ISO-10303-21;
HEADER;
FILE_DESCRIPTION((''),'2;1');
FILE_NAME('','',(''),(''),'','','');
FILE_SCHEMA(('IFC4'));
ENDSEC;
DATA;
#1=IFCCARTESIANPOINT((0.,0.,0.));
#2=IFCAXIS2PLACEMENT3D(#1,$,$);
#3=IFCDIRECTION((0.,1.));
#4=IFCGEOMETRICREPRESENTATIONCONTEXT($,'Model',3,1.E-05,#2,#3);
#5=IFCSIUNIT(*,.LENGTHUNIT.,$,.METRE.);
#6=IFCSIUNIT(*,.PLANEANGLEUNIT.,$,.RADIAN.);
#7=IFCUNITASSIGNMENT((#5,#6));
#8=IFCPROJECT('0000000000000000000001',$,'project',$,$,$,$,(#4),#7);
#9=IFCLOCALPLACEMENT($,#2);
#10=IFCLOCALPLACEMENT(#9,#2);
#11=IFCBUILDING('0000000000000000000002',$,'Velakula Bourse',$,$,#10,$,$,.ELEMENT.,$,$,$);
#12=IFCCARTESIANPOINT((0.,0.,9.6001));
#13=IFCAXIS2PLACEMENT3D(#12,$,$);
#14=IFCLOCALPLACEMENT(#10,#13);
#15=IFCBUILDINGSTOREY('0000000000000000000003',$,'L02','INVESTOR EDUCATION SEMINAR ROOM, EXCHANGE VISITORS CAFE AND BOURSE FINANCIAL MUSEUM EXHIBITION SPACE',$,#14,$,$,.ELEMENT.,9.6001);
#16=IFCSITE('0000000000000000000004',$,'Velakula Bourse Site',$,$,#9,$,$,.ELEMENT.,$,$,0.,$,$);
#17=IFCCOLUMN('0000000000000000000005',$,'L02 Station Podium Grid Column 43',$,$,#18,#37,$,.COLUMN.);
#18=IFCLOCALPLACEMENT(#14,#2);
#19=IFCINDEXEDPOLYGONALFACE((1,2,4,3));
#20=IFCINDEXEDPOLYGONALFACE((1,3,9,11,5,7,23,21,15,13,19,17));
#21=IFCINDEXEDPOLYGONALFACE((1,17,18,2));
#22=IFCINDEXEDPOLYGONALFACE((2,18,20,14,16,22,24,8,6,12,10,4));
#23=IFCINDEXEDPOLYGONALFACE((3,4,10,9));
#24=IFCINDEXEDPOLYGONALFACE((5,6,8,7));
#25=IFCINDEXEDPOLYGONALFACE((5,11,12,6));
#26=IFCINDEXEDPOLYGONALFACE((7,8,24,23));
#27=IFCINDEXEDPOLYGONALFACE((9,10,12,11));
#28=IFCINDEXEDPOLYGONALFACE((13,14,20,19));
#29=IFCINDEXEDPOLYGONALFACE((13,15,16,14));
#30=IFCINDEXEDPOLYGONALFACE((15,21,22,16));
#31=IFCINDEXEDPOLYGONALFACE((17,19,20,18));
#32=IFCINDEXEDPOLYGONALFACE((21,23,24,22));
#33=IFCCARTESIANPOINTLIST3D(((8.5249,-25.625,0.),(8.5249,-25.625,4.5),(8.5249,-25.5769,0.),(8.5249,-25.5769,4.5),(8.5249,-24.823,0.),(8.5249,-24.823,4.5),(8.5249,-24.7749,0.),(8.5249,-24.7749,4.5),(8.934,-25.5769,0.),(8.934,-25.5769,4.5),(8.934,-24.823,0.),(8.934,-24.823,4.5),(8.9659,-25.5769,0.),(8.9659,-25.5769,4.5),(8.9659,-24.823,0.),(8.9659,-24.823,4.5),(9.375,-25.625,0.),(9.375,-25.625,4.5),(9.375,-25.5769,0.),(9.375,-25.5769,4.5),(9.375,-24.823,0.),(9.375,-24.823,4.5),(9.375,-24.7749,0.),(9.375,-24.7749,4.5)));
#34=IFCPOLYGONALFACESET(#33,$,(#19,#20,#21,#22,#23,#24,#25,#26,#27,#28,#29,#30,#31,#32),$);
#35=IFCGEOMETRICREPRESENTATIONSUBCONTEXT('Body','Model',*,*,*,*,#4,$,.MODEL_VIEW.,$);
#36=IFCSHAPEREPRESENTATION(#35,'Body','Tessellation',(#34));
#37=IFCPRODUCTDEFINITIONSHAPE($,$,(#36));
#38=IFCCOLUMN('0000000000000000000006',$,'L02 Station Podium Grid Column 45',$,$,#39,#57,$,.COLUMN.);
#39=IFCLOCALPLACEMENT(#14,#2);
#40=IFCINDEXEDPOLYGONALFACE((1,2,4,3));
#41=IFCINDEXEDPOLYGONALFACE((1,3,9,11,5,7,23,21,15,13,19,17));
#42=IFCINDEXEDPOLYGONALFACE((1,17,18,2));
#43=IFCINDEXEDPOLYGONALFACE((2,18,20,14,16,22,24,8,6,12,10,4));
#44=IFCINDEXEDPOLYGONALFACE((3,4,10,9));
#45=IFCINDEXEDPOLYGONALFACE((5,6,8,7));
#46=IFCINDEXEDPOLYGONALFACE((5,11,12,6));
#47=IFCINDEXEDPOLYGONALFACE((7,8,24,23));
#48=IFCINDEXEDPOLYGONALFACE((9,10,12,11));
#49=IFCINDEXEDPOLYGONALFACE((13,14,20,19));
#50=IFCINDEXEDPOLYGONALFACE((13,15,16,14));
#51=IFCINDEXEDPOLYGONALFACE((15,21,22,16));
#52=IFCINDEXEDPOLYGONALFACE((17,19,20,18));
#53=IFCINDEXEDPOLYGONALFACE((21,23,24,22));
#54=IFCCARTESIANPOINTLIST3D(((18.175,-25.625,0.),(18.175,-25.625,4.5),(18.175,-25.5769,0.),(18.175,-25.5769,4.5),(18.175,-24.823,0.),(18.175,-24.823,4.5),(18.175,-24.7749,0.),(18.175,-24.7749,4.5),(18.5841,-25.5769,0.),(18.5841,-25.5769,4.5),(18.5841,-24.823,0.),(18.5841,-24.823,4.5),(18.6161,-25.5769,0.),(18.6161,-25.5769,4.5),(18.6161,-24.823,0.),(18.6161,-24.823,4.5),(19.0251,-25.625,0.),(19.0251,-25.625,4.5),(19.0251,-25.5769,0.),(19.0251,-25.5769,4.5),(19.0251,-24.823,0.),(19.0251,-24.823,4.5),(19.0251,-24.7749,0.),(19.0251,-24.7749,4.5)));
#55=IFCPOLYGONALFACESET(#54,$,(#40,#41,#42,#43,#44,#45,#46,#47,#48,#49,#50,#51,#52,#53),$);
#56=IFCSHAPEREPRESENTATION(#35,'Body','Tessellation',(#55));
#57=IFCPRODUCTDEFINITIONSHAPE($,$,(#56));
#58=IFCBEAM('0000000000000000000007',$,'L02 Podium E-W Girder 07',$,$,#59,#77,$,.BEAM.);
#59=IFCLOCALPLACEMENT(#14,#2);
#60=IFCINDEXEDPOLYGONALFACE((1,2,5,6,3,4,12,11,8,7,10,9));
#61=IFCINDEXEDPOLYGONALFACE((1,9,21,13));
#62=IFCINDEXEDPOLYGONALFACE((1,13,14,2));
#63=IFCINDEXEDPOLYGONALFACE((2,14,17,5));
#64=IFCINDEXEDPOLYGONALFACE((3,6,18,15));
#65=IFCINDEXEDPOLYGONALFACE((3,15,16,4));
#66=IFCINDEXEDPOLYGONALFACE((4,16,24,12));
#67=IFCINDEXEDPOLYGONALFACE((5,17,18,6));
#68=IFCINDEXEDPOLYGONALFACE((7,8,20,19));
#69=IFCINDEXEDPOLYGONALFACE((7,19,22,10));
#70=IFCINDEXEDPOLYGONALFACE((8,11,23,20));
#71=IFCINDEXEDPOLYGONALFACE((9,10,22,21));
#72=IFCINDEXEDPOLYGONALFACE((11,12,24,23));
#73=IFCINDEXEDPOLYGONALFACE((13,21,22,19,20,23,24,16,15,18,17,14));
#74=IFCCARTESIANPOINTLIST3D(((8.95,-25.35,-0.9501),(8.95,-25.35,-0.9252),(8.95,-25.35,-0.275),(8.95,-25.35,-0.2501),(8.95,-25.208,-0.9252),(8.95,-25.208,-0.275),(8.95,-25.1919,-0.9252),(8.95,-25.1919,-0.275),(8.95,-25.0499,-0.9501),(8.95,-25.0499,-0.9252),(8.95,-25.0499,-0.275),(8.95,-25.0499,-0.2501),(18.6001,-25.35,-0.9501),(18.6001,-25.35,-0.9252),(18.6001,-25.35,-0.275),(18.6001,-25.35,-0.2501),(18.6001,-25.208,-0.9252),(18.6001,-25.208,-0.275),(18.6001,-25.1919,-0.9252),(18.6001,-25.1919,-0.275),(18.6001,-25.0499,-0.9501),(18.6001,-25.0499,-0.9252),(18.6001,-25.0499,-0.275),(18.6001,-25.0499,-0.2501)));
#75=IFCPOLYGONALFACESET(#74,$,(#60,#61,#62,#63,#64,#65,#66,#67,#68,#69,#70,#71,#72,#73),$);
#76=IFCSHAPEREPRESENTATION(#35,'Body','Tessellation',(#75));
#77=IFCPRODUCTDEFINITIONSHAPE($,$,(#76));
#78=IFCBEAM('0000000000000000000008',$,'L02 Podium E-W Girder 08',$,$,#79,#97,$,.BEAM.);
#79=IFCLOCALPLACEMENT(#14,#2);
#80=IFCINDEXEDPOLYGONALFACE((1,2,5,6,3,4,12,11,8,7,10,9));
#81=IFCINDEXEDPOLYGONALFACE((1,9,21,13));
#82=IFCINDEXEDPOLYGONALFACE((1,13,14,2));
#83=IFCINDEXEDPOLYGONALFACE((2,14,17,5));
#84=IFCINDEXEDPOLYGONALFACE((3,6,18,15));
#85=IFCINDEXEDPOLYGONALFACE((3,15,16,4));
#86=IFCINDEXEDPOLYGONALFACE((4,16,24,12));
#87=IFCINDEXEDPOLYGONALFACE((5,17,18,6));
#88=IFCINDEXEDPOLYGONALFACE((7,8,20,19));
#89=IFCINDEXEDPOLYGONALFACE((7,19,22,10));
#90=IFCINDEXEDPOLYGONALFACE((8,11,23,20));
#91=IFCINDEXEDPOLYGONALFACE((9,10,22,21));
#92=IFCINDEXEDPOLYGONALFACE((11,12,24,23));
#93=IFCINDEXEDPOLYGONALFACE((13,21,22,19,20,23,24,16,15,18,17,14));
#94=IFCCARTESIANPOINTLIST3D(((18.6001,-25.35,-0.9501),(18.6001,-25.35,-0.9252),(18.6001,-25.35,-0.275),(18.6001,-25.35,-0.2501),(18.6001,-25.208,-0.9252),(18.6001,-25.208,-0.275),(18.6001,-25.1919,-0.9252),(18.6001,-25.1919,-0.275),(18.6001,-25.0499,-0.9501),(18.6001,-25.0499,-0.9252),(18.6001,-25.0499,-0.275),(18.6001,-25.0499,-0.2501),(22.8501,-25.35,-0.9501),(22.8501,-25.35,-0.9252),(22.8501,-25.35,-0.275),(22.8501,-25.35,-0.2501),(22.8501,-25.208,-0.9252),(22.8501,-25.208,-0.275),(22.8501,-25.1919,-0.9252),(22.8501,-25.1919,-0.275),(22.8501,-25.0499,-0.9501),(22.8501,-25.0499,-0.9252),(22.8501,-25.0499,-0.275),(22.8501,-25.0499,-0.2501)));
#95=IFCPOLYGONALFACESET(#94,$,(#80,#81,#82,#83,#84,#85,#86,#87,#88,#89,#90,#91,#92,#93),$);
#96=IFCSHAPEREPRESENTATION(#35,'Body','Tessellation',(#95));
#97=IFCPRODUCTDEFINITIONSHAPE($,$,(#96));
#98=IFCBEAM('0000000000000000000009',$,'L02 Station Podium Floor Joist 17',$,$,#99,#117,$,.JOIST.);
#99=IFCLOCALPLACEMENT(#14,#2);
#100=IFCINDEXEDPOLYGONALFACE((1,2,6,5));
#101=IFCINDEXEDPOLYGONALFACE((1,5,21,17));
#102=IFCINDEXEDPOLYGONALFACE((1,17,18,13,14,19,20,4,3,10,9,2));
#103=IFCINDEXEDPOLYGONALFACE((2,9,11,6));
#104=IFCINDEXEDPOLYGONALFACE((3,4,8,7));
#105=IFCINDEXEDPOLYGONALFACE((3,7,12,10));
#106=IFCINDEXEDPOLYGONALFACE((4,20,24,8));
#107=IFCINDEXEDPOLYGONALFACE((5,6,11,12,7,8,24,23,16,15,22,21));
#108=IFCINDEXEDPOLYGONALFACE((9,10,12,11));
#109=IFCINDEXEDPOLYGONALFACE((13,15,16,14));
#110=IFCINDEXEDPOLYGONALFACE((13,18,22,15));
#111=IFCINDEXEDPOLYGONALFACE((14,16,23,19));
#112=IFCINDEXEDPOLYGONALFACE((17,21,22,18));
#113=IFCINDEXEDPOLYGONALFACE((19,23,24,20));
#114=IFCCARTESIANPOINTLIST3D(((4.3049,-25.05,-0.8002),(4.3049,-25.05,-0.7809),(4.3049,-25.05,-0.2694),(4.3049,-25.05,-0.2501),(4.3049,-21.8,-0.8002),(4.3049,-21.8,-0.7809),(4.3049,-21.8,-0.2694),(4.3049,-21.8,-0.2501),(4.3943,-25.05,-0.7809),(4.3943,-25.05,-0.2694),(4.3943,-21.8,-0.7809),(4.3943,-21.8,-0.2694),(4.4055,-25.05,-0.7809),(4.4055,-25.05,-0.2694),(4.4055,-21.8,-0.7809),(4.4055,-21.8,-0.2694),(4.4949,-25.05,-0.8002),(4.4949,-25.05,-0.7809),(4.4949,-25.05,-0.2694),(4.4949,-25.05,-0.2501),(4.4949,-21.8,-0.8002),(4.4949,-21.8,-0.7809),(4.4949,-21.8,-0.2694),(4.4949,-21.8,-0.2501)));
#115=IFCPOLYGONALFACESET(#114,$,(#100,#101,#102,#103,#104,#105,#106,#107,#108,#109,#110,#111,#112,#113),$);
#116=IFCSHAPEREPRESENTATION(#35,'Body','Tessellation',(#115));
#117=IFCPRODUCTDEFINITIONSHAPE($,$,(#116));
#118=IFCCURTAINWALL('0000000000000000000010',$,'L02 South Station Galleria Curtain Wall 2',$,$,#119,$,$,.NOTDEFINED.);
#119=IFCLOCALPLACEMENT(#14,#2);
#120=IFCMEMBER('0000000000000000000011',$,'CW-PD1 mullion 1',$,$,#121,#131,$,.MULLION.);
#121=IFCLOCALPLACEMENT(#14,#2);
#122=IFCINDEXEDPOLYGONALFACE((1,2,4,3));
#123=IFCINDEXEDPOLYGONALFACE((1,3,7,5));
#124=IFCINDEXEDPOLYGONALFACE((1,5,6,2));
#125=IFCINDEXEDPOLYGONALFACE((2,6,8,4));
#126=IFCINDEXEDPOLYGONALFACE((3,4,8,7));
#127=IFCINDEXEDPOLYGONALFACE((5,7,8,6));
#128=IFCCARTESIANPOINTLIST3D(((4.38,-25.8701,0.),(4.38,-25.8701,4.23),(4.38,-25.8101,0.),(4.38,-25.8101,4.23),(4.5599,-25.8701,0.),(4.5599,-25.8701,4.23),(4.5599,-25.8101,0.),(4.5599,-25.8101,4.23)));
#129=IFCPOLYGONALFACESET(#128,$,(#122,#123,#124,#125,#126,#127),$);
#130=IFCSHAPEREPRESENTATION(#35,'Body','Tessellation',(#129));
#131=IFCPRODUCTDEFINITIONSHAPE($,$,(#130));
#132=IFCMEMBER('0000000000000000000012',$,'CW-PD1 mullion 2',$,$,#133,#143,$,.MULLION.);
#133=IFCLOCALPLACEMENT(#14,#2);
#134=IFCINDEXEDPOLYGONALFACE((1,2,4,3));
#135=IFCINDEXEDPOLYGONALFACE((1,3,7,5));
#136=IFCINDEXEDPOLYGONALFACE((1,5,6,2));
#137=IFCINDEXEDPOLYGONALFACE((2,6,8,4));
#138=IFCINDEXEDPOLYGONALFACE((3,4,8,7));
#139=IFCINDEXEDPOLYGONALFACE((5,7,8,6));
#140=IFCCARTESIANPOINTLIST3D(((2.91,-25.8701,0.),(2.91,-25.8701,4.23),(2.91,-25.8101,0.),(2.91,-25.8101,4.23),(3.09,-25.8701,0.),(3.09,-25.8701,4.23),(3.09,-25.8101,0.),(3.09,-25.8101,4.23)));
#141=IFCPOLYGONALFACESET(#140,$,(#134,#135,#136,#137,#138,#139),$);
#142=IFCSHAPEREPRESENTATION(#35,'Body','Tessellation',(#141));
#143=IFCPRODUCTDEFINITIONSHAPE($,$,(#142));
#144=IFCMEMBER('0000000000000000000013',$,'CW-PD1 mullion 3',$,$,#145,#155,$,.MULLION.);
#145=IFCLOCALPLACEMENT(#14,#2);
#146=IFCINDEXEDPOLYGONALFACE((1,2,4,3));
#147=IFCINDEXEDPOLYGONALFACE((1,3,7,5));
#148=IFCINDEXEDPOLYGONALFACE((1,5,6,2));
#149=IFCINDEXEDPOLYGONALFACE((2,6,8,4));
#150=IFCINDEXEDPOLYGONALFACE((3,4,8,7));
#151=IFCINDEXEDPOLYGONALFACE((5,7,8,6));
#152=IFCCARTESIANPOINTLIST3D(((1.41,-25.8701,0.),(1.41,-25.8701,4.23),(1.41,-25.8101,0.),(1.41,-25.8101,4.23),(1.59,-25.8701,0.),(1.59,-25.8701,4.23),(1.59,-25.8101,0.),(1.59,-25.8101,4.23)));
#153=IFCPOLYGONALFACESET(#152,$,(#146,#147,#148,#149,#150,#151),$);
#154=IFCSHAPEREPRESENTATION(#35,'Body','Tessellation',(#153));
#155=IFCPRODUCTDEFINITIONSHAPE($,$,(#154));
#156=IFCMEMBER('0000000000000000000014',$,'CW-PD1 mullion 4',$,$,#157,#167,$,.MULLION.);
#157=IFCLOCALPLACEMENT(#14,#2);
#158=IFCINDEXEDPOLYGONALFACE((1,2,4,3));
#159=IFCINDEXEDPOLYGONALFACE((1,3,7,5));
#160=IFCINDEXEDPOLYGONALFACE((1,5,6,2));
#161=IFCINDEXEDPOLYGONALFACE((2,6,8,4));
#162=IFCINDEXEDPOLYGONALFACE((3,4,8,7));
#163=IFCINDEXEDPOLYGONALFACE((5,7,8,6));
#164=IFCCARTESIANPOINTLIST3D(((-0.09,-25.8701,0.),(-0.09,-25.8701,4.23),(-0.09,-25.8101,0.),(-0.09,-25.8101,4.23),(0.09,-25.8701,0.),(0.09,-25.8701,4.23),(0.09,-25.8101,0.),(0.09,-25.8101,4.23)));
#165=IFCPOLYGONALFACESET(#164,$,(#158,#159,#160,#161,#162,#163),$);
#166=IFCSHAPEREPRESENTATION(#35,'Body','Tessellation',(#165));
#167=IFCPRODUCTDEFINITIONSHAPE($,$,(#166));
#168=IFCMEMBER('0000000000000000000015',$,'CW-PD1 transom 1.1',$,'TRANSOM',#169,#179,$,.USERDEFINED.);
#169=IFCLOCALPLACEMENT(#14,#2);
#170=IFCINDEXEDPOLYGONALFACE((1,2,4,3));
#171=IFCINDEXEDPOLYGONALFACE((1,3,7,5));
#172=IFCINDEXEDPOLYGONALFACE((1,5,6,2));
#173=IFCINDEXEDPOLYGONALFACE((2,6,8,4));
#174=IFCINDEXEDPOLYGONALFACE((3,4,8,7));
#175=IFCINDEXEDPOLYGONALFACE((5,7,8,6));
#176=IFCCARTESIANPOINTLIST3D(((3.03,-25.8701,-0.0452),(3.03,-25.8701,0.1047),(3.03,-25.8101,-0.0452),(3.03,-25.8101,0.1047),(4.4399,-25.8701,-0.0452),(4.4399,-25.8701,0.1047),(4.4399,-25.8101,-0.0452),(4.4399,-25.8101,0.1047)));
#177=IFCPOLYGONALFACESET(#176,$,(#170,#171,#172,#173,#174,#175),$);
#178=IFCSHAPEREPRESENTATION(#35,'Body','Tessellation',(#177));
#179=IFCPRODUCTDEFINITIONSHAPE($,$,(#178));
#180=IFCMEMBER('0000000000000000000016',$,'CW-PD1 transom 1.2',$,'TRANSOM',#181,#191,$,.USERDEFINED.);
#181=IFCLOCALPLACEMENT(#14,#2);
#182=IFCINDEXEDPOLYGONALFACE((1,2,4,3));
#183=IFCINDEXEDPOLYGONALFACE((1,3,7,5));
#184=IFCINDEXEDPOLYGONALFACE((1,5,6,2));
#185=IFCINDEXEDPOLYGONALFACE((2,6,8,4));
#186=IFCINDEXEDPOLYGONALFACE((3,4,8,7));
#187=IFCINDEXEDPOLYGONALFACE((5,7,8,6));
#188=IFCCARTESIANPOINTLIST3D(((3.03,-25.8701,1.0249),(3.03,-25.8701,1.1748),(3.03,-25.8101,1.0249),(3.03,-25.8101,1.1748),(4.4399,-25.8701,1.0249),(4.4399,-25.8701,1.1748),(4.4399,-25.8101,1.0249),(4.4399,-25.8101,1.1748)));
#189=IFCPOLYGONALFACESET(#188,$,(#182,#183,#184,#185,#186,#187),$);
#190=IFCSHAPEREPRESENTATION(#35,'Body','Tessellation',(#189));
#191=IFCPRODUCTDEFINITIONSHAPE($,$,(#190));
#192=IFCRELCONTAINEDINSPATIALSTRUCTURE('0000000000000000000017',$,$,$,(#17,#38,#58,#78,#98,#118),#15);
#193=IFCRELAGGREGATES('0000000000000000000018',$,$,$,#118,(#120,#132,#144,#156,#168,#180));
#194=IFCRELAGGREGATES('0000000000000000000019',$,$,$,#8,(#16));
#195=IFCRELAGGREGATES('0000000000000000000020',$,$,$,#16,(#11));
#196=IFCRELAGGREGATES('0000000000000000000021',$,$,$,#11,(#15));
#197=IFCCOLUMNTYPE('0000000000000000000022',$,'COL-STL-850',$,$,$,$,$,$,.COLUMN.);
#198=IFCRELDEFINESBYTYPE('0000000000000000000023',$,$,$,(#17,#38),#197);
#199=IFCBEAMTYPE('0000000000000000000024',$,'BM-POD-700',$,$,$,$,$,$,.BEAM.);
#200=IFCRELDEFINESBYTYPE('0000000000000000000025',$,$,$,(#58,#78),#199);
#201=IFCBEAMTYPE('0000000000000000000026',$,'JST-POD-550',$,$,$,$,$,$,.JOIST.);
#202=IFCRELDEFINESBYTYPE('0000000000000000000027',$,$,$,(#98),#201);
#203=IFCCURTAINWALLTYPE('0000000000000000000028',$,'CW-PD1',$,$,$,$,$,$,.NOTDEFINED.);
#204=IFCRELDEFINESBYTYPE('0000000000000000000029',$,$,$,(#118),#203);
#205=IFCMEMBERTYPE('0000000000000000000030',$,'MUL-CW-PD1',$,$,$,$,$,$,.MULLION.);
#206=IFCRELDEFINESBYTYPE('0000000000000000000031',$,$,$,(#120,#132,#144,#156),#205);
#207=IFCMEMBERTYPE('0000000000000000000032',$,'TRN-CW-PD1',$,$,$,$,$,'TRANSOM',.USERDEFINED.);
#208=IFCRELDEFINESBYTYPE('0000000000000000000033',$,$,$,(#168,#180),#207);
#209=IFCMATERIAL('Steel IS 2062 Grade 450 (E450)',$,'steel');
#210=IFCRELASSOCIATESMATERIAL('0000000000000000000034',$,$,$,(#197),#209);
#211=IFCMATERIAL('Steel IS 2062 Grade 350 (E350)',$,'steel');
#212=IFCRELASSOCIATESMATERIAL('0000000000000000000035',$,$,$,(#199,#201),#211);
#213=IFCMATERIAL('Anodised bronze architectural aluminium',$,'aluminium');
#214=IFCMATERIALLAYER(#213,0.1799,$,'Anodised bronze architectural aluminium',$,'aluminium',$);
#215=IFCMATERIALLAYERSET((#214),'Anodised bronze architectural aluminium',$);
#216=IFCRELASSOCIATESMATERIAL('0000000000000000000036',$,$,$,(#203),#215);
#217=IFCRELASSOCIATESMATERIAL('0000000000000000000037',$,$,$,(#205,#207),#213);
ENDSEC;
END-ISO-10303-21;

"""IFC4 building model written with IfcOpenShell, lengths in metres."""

from ifc_helpers import new_model, si_unit, direction, frame, origin, origin_2d, place, context, subcontext, project, spatial, rectangle, i_section, extrude, material, layer, layer_set, material_profile, profile_set, type_object, element, aggregate, save


model = new_model("IFC4")

# Units and contexts
model_context = context("Model", 3, precision=1e-05, world=origin(), true_north=direction((0.0, 1.0)))
body_context = subcontext(model_context, "Body", "Model", "MODEL_VIEW")
ifc_project = project(units=[si_unit("LENGTHUNIT", "METRE"), si_unit("PLANEANGLEUNIT", "RADIAN")], contexts=[model_context])

# Site, building, storey
site_placement = place(None, origin())
site = spatial("IfcSite", under=ifc_project, at=site_placement, Name="Velakula Bourse Site", CompositionType="ELEMENT", RefElevation=0.0)
building_placement = place(site_placement, origin())
building = spatial("IfcBuilding", under=site, at=building_placement, Name="Velakula Bourse", CompositionType="ELEMENT")
storey_placement = place(building_placement, frame((0.0, 0.0, 9.6001)))
storey = spatial("IfcBuildingStorey", under=building, at=storey_placement, Name="L02", Description="INVESTOR EDUCATION SEMINAR ROOM, EXCHANGE VISITORS CAFE AND BOURSE FINANCIAL MUSEUM EXHIBITION SPACE", CompositionType="ELEMENT", Elevation=9.6001)

# Columns
ifc_material_1 = material(Name="Steel IS 2062 Grade 450 (E450)", Category="steel")
ifc_material_profile_1 = material_profile(ifc_material_1, i_section(OverallWidth=0.8501, OverallDepth=0.8501, WebThickness=0.032, FlangeThickness=0.0481, at=origin_2d()), Name="Steel IS 2062 Grade 450 (E450)")
ifc_profile_set_1 = profile_set([ifc_material_profile_1], Name="Steel IS 2062 Grade 450 (E450)")
column_type = type_object("IfcColumnType", Name="COL-STL-850", PredefinedType="COLUMN", material=ifc_profile_set_1)
for number, where, z_axis, x_axis, name in (
    (1, (8.95, -25.2, 0.0), (0.0, 0.0, 1.0), (1.0, 0.0, 0.0), "L02 Station Podium Grid Column 43"),
    (2, (18.6001, -25.2, 0.0), (0.0, 0.0, 1.0), (1.0, 0.0, 0.0), "L02 Station Podium Grid Column 45"),
):
    element("IfcColumn", number, at=place(storey_placement, frame(where, z_axis=z_axis, x_axis=x_axis)), inside=storey, type_object=column_type, Name=name, PredefinedType="COLUMN", context=body_context, shape_type="SweptSolid", body=[
        extrude(i_section(OverallWidth=0.8501, OverallDepth=0.8501, WebThickness=0.032, FlangeThickness=0.0481, at=origin_2d()), origin(), (0.0, 0.0, 1.0), 4.5),
    ])

# Beams
ifc_material_2 = material(Name="Steel IS 2062 Grade 350 (E350)", Category="steel")
ifc_material_profile_2 = material_profile(ifc_material_2, i_section(OverallWidth=0.3, OverallDepth=0.7, WebThickness=0.0161, FlangeThickness=0.0249, at=origin_2d()), Name="Steel IS 2062 Grade 350 (E350)")
ifc_profile_set_2 = profile_set([ifc_material_profile_2], Name="Steel IS 2062 Grade 350 (E350)")
beam_type_1 = type_object("IfcBeamType", Name="BM-POD-700", PredefinedType="BEAM", material=ifc_profile_set_2)
beam_1_placement = place(storey_placement, frame((8.95, -25.2, -0.6001), z_axis=(1.0, 0.0, 0.0), x_axis=(0.0, 1.0, 0.0)))
element("IfcBeam", 3, at=beam_1_placement, inside=storey, type_object=beam_type_1, Name="L02 Podium E-W Girder 07", PredefinedType="BEAM", context=body_context, shape_type="SweptSolid", body=[
    extrude(i_section(OverallWidth=0.3, OverallDepth=0.7, WebThickness=0.0161, FlangeThickness=0.0249, at=origin_2d()), origin(), (0.0, 0.0, 1.0), 9.6501),
])
beam_2_placement = place(storey_placement, frame((18.6001, -25.2, -0.6001), z_axis=(1.0, 0.0, 0.0), x_axis=(0.0, 1.0, 0.0)))
element("IfcBeam", 4, at=beam_2_placement, inside=storey, type_object=beam_type_1, Name="L02 Podium E-W Girder 08", PredefinedType="BEAM", context=body_context, shape_type="SweptSolid", body=[
    extrude(i_section(OverallWidth=0.3, OverallDepth=0.7, WebThickness=0.0161, FlangeThickness=0.0249, at=origin_2d()), origin(), (0.0, 0.0, 1.0), 4.25),
])
ifc_material_profile_3 = material_profile(ifc_material_2, i_section(OverallWidth=0.1899, OverallDepth=0.55, WebThickness=0.0112, FlangeThickness=0.0193, at=origin_2d()), Name="Steel IS 2062 Grade 350 (E350)")
ifc_profile_set_3 = profile_set([ifc_material_profile_3], Name="Steel IS 2062 Grade 350 (E350)")
beam_type_2 = type_object("IfcBeamType", Name="JST-POD-550", PredefinedType="JOIST", material=ifc_profile_set_3)
beam_3_placement = place(storey_placement, frame((4.3999, -25.05, -0.5251), z_axis=(0.0, 1.0, 0.0), x_axis=(-1.0, 0.0, 0.0)))
element("IfcBeam", 5, at=beam_3_placement, inside=storey, type_object=beam_type_2, Name="L02 Station Podium Floor Joist 17", PredefinedType="JOIST", context=body_context, shape_type="SweptSolid", body=[
    extrude(i_section(OverallWidth=0.1899, OverallDepth=0.55, WebThickness=0.0112, FlangeThickness=0.0193, at=origin_2d()), origin(), (0.0, 0.0, 1.0), 3.25),
])

# Curtain wall, members
ifc_material_3 = material(Name="Anodised bronze architectural aluminium", Category="aluminium")
ifc_layer_1 = layer(ifc_material_3, 0.1799, Name="Anodised bronze architectural aluminium", Category="aluminium")
ifc_layer_set_1 = layer_set([ifc_layer_1], Name="Anodised bronze architectural aluminium")
curtain_wall_type = type_object("IfcCurtainWallType", Name="CW-PD1", PredefinedType="NOTDEFINED", material=ifc_layer_set_1)
curtain_wall_placement = place(storey_placement, origin())
curtain_wall = element("IfcCurtainWall", 6, at=curtain_wall_placement, inside=storey, type_object=curtain_wall_type, Name="L02 South Station Galleria Curtain Wall 2", PredefinedType="NOTDEFINED")
ifc_material_profile_4 = material_profile(ifc_material_3, rectangle(XDim=0.0601, YDim=0.1799, at=origin_2d()), Name="Anodised bronze architectural aluminium")
ifc_profile_set_4 = profile_set([ifc_material_profile_4], Name="Anodised bronze architectural aluminium")
member_type_1 = type_object("IfcMemberType", Name="MUL-CW-PD1", PredefinedType="MULLION", material=ifc_profile_set_4)
member_1_placement = place(storey_placement, frame((4.47, -25.8401, 0.0), z_axis=(0.0, 0.0, 1.0), x_axis=(0.0, -1.0, 0.0)))
member_1 = element("IfcMember", 7, at=member_1_placement, type_object=member_type_1, Name="CW-PD1 mullion 1", PredefinedType="MULLION", context=body_context, shape_type="SweptSolid", body=[
    extrude(rectangle(XDim=0.0601, YDim=0.1799, at=origin_2d()), origin(), (0.0, 0.0, 1.0), 4.23),
])
member_2_placement = place(storey_placement, frame((3.0, -25.8401, 0.0), z_axis=(0.0, 0.0, 1.0), x_axis=(0.0, -1.0, 0.0)))
member_2 = element("IfcMember", 8, at=member_2_placement, type_object=member_type_1, Name="CW-PD1 mullion 2", PredefinedType="MULLION", context=body_context, shape_type="SweptSolid", body=[
    extrude(rectangle(XDim=0.0601, YDim=0.1799, at=origin_2d()), origin(), (0.0, 0.0, 1.0), 4.23),
])
member_3_placement = place(storey_placement, frame((1.5, -25.8401, 0.0), z_axis=(0.0, 0.0, 1.0), x_axis=(0.0, -1.0, 0.0)))
member_3 = element("IfcMember", 9, at=member_3_placement, type_object=member_type_1, Name="CW-PD1 mullion 3", PredefinedType="MULLION", context=body_context, shape_type="SweptSolid", body=[
    extrude(rectangle(XDim=0.0601, YDim=0.1799, at=origin_2d()), origin(), (0.0, 0.0, 1.0), 4.23),
])
member_4_placement = place(storey_placement, frame((0.0, -25.8401, 0.0), z_axis=(0.0, 0.0, 1.0), x_axis=(0.0, -1.0, 0.0)))
member_4 = element("IfcMember", 10, at=member_4_placement, type_object=member_type_1, Name="CW-PD1 mullion 4", PredefinedType="MULLION", context=body_context, shape_type="SweptSolid", body=[
    extrude(rectangle(XDim=0.0601, YDim=0.1799, at=origin_2d()), origin(), (0.0, 0.0, 1.0), 4.23),
])
ifc_material_profile_5 = material_profile(ifc_material_3, rectangle(XDim=0.0601, YDim=0.1499, at=origin_2d()), Name="Anodised bronze architectural aluminium")
ifc_profile_set_5 = profile_set([ifc_material_profile_5], Name="Anodised bronze architectural aluminium")
member_type_2 = type_object("IfcMemberType", Name="TRN-CW-PD1", ElementType="TRANSOM", PredefinedType="USERDEFINED", material=ifc_profile_set_5)
member_5_placement = place(storey_placement, frame((4.4399, -25.8401, 0.0298), z_axis=(-1.0, 0.0, 0.0), x_axis=(0.0, -1.0, 0.0)))
member_5 = element("IfcMember", 11, at=member_5_placement, type_object=member_type_2, Name="CW-PD1 transom 1.1", ObjectType="TRANSOM", PredefinedType="USERDEFINED", context=body_context, shape_type="SweptSolid", body=[
    extrude(rectangle(XDim=0.0601, YDim=0.1499, at=origin_2d()), origin(), (0.0, 0.0, 1.0), 1.4099),
])
member_6_placement = place(storey_placement, frame((4.4399, -25.8401, 1.0999), z_axis=(-1.0, 0.0, 0.0), x_axis=(0.0, -1.0, 0.0)))
member_6 = element("IfcMember", 12, at=member_6_placement, type_object=member_type_2, Name="CW-PD1 transom 1.2", ObjectType="TRANSOM", PredefinedType="USERDEFINED", context=body_context, shape_type="SweptSolid", body=[
    extrude(rectangle(XDim=0.0601, YDim=0.1499, at=origin_2d()), origin(), (0.0, 0.0, 1.0), 1.4099),
])
aggregate(curtain_wall, [member_1, member_2, member_3, member_4, member_5, member_6])

save(model, "model.ifc")
